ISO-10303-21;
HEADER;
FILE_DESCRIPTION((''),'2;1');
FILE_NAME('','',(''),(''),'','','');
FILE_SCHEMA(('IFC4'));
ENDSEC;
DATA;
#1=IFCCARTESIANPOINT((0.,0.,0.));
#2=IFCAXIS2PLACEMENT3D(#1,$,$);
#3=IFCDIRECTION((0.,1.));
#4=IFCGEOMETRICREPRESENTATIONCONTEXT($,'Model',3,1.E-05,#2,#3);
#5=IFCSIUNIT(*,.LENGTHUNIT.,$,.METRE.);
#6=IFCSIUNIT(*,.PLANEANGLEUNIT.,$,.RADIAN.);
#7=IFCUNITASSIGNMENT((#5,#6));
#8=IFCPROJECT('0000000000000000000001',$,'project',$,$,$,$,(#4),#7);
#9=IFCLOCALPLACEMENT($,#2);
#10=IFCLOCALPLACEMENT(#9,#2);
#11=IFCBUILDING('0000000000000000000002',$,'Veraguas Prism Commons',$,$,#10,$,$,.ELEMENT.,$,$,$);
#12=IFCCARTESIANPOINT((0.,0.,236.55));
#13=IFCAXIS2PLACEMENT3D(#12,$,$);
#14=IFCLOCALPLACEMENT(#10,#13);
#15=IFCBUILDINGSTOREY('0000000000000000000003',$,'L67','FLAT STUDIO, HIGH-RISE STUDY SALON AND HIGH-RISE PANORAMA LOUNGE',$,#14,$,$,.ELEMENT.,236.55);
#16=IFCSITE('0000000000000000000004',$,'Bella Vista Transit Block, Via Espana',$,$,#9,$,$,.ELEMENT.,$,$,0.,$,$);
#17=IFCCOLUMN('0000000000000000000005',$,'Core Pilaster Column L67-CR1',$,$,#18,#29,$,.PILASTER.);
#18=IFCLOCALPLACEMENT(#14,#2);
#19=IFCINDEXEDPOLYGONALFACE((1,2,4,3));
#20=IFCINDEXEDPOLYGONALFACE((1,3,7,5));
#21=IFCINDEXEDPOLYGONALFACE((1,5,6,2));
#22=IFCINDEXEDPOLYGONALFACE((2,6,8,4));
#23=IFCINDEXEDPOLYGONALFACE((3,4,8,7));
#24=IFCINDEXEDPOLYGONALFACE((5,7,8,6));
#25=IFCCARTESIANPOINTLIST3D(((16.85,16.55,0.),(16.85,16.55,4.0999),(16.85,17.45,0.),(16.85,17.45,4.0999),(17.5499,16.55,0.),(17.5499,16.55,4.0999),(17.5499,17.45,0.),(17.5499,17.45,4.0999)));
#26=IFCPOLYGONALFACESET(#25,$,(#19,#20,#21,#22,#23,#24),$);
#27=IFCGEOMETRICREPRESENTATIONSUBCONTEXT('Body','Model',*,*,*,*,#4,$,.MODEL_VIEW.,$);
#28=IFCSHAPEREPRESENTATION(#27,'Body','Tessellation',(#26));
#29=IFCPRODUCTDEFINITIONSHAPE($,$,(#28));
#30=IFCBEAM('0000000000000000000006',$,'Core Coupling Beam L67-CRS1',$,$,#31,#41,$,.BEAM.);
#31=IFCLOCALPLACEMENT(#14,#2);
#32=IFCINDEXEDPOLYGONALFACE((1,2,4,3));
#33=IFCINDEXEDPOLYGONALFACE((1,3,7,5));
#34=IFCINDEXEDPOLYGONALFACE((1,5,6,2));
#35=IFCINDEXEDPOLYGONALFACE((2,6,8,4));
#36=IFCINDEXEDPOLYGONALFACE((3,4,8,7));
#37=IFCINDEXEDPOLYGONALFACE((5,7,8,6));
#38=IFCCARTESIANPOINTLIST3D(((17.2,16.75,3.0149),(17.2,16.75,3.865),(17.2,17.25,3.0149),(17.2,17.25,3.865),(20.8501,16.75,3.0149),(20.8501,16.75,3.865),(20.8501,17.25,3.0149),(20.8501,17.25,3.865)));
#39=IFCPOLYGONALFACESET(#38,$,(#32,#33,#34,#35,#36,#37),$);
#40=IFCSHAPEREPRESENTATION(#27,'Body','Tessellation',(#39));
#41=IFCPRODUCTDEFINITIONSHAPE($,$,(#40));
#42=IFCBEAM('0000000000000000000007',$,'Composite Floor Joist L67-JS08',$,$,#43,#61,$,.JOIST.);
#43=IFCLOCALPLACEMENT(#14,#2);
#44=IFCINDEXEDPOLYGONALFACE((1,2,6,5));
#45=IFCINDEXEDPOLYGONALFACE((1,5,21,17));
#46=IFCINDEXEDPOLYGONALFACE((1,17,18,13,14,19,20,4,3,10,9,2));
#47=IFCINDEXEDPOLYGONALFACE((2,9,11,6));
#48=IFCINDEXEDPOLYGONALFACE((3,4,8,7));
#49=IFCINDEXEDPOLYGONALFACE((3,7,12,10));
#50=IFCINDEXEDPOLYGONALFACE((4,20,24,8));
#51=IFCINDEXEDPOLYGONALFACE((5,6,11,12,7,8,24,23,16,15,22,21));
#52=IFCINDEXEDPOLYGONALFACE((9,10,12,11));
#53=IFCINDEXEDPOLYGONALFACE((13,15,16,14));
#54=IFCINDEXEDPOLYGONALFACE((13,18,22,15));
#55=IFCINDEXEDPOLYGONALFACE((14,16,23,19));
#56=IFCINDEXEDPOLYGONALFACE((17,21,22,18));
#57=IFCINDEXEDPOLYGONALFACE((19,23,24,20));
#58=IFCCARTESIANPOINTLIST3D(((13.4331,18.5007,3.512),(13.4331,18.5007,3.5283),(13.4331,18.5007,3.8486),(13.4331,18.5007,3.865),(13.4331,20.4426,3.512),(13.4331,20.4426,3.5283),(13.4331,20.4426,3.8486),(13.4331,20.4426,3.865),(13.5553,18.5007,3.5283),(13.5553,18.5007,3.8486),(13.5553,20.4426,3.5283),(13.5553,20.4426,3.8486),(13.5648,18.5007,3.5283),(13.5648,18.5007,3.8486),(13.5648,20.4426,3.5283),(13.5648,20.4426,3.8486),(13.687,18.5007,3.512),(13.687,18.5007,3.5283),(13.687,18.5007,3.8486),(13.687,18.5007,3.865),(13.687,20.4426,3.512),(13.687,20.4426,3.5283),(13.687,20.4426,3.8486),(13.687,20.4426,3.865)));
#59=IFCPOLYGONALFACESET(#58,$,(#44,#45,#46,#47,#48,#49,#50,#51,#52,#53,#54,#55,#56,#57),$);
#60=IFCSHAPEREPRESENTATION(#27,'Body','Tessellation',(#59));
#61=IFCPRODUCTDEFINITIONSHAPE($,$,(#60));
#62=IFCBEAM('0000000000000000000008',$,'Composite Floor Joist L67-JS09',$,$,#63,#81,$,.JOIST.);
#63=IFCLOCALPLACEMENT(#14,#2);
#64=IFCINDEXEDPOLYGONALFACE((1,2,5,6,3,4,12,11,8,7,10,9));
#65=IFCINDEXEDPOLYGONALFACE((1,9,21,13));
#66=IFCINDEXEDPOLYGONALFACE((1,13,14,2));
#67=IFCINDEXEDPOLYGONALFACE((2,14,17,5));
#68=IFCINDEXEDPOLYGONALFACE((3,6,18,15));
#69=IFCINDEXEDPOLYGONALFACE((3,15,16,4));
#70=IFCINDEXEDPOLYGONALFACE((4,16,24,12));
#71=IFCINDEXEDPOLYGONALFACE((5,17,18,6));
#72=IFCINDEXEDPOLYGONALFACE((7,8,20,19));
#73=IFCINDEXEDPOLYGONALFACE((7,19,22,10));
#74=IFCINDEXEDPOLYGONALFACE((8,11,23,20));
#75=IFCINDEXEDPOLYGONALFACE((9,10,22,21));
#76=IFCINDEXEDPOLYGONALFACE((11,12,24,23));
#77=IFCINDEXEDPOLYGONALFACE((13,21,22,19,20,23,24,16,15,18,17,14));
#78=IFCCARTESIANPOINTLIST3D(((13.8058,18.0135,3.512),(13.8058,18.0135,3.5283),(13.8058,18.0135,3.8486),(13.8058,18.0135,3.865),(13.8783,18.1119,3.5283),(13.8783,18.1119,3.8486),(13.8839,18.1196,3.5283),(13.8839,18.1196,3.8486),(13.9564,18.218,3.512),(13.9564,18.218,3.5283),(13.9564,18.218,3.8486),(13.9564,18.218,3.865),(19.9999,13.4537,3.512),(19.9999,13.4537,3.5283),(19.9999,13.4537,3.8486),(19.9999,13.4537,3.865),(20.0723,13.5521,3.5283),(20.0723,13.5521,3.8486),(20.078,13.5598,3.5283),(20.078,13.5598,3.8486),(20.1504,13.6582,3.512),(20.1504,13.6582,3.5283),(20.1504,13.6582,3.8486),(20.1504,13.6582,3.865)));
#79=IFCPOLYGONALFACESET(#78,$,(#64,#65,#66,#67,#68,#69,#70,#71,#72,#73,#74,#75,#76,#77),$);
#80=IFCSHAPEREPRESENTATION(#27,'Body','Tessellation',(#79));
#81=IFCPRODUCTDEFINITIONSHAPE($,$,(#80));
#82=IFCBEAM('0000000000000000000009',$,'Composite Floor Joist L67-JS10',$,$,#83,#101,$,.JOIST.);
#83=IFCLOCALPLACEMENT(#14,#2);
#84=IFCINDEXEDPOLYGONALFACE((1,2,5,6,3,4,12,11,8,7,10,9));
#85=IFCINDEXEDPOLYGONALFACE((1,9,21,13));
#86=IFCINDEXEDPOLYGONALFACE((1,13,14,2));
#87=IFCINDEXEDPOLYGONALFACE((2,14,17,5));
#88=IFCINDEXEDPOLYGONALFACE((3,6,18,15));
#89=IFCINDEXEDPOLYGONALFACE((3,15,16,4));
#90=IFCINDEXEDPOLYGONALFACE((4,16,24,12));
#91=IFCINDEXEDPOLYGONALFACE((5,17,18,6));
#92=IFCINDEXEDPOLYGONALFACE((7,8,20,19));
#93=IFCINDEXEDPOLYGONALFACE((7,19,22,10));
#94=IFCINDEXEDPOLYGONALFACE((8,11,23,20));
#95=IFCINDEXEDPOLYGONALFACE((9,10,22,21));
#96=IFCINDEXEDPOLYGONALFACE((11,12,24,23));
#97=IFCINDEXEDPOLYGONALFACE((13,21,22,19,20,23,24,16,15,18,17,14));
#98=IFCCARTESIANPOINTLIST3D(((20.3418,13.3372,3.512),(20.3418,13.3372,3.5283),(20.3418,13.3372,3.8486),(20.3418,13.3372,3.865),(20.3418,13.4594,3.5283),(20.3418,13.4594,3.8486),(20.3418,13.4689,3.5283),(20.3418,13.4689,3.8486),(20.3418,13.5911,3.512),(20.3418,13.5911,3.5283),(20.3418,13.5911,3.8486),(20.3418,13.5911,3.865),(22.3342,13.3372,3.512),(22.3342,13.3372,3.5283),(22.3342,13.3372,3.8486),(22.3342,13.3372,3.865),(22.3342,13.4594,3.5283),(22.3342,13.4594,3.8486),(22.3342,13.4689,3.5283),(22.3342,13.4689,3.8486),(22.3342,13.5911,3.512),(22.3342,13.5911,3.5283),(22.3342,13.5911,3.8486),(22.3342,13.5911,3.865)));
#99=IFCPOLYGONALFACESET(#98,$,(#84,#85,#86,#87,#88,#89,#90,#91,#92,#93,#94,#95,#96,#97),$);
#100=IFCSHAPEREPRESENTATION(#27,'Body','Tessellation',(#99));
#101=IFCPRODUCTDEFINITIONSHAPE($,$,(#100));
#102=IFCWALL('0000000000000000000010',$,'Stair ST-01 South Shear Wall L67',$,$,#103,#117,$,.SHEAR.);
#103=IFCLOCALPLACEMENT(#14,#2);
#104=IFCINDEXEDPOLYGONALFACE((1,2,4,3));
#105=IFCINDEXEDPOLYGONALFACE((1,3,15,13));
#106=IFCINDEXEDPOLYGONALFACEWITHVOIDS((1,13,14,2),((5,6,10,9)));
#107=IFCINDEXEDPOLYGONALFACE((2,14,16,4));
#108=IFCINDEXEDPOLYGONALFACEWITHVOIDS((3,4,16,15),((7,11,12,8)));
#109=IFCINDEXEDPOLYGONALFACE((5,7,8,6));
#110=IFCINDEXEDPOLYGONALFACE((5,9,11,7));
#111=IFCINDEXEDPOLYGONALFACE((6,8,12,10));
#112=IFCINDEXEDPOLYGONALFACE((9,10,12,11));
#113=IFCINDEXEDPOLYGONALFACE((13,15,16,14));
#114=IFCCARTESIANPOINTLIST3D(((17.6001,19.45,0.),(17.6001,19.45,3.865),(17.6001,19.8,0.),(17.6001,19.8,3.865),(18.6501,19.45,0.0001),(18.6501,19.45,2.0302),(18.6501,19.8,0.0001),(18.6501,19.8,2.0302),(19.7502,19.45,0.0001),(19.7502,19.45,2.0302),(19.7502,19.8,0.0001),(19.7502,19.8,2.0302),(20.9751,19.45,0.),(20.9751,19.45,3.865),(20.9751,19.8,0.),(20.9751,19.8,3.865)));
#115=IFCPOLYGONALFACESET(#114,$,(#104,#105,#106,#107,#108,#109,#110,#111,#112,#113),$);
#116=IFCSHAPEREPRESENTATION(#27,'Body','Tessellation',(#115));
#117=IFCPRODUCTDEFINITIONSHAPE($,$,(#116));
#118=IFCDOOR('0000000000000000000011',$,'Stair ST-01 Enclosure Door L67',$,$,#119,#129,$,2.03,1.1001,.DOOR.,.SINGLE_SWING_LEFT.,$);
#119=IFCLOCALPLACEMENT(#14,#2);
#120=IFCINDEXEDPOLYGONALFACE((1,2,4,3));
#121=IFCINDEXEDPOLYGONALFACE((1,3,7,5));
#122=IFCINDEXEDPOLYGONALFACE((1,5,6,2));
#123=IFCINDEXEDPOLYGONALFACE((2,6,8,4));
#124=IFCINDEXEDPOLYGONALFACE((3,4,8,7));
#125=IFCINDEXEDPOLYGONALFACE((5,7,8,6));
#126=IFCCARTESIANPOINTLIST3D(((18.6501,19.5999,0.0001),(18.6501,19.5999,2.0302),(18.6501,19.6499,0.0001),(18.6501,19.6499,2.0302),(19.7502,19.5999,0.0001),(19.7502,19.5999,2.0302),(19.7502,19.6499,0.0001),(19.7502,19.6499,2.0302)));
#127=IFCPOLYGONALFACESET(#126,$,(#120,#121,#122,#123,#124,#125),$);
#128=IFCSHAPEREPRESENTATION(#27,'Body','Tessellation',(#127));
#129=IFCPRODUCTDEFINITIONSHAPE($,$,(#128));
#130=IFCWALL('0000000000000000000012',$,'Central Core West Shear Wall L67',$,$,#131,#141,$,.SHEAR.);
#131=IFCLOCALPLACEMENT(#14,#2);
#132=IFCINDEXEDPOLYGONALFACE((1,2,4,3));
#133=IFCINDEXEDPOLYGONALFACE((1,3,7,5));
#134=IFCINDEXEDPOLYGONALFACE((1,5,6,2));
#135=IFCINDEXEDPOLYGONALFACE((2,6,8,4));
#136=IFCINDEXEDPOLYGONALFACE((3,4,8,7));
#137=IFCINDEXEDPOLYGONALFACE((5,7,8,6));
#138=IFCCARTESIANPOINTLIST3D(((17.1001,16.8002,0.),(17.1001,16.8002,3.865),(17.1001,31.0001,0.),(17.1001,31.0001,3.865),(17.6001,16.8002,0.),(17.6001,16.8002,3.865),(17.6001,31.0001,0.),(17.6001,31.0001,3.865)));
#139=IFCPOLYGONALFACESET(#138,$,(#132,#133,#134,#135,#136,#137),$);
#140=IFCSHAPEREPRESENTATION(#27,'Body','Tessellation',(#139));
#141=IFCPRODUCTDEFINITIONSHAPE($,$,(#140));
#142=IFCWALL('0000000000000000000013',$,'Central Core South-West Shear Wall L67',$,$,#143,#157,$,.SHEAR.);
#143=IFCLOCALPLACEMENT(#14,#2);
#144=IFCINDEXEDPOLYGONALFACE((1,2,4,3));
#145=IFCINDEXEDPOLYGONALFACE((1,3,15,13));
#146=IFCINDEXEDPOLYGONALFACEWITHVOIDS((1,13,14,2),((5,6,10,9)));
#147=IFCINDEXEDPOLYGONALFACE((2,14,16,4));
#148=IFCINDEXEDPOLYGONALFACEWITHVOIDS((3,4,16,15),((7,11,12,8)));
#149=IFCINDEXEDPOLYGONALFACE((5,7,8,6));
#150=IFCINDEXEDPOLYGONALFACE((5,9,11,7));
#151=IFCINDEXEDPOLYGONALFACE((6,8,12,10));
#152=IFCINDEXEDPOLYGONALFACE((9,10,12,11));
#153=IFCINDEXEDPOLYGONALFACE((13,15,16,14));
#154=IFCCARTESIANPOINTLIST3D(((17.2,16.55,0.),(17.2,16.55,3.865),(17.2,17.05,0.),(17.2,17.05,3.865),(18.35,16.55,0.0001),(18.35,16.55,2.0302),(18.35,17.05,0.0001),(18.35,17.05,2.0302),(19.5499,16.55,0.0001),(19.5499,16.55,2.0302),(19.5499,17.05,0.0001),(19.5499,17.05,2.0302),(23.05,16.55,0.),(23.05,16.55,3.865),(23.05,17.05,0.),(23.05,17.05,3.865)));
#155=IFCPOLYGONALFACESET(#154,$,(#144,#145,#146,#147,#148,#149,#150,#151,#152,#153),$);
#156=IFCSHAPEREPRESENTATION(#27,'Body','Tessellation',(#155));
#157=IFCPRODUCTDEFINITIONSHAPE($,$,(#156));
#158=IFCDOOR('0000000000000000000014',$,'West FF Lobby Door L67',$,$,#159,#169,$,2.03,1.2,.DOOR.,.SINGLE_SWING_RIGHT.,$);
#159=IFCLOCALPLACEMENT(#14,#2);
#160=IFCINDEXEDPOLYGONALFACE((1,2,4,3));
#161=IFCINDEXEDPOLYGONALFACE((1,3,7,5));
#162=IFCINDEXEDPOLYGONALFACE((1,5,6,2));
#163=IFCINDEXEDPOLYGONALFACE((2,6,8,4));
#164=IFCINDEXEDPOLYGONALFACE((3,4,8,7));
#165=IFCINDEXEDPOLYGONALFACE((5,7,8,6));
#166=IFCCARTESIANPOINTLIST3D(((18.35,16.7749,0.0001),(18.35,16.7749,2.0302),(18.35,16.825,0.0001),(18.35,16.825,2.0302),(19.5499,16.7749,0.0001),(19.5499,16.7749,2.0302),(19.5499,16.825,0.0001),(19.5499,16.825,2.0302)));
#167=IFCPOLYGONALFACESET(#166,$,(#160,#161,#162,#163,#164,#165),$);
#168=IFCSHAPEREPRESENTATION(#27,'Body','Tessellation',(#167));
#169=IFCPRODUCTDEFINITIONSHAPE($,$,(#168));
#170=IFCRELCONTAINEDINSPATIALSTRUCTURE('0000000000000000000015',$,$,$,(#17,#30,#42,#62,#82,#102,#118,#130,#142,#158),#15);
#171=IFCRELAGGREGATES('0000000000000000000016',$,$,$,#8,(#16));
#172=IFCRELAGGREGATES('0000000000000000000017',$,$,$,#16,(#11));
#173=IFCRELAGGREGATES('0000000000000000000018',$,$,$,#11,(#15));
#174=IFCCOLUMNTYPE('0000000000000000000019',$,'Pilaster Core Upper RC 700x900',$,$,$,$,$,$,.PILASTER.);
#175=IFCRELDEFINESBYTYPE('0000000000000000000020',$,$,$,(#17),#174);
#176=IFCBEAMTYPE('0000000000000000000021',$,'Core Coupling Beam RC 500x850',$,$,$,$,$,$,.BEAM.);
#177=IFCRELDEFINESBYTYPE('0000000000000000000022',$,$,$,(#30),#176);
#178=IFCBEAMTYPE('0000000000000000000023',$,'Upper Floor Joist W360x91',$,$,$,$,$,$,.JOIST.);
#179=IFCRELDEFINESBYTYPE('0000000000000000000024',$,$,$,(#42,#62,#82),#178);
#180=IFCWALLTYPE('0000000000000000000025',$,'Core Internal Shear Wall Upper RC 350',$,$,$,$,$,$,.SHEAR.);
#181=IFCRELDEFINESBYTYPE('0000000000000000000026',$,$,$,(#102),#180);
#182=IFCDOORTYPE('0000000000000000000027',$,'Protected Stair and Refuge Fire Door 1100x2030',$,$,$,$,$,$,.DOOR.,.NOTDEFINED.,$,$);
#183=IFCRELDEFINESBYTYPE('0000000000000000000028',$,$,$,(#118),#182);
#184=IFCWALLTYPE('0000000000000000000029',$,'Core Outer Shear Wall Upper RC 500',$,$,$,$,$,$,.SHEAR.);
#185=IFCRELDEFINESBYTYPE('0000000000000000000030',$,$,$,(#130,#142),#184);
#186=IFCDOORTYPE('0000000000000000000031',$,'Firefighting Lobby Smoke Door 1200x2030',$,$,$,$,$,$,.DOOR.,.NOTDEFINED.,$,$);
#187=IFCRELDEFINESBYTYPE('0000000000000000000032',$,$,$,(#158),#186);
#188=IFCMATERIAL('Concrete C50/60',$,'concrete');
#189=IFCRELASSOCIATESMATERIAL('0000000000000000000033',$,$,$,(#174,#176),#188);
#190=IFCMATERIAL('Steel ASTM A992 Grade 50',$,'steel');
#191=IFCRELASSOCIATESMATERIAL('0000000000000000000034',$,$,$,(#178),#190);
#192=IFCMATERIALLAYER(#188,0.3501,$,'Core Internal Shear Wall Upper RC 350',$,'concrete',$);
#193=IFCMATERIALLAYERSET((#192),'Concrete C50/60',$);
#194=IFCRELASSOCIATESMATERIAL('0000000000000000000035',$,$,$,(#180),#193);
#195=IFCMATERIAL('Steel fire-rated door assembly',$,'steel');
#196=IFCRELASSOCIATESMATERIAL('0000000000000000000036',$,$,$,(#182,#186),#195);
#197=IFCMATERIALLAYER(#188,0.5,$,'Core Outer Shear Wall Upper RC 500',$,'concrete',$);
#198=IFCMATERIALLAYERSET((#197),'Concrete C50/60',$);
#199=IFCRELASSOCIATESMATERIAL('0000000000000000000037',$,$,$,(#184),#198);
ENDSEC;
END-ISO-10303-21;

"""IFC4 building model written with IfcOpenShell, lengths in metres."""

from ifc_helpers import new_model, si_unit, direction, frame, frame_2d, origin, origin_2d, place, context, subcontext, project, spatial, rectangle, i_section, extrude, source, transform, mapped, material, layer, layer_set, material_profile, profile_set, type_object, element, fill, save


model = new_model("IFC4")

# Units and contexts
model_context = context("Model", 3, precision=1e-05, world=origin(), true_north=direction((0.0, 1.0)))
body_context = subcontext(model_context, "Body", "Model", "MODEL_VIEW")
ifc_project = project(units=[si_unit("LENGTHUNIT", "METRE"), si_unit("PLANEANGLEUNIT", "RADIAN")], contexts=[model_context])

# Site, building, storey
site_placement = place(None, origin())
site = spatial("IfcSite", under=ifc_project, at=site_placement, Name="Bella Vista Transit Block, Via Espana", CompositionType="ELEMENT", RefElevation=0.0)
building_placement = place(site_placement, origin())
building = spatial("IfcBuilding", under=site, at=building_placement, Name="Veraguas Prism Commons", CompositionType="ELEMENT")
storey_placement = place(building_placement, frame((0.0, 0.0, 236.55)))
storey = spatial("IfcBuildingStorey", under=building, at=storey_placement, Name="L67", Description="FLAT STUDIO, HIGH-RISE STUDY SALON AND HIGH-RISE PANORAMA LOUNGE", CompositionType="ELEMENT", Elevation=236.55)

# Column
ifc_material_1 = material(Name="Concrete C50/60", Category="concrete")
ifc_material_profile_1 = material_profile(ifc_material_1, rectangle(XDim=0.7, YDim=0.8999, at=origin_2d()), Name="RC700X900")
ifc_profile_set_1 = profile_set([ifc_material_profile_1], Name="Concrete C50/60")
column_type = type_object("IfcColumnType", Name="Pilaster Core Upper RC 700x900", PredefinedType="PILASTER", material=ifc_profile_set_1)
column_placement = place(storey_placement, frame((17.2, 17.0, 0.0), z_axis=(0.0, 0.0, 1.0), x_axis=(1.0, 0.0, 0.0)))
element("IfcColumn", 1, at=column_placement, inside=storey, type_object=column_type, Name="Core Pilaster Column L67-CR1", PredefinedType="PILASTER", context=body_context, shape_type="SweptSolid", body=[
    extrude(rectangle(XDim=0.7, YDim=0.8999, at=origin_2d()), origin(), (0.0, 0.0, 1.0), 4.0999),
])

# Beams
ifc_material_profile_2 = material_profile(ifc_material_1, rectangle(XDim=0.5, YDim=0.8501, at=origin_2d()), Name="RC500X850")
ifc_profile_set_2 = profile_set([ifc_material_profile_2], Name="Concrete C50/60")
beam_type_1 = type_object("IfcBeamType", Name="Core Coupling Beam RC 500x850", PredefinedType="BEAM", material=ifc_profile_set_2)
beam_1_placement = place(storey_placement, frame((17.2, 17.0, 3.4399), z_axis=(1.0, 0.0, 0.0), x_axis=(0.0, 1.0, 0.0)))
element("IfcBeam", 2, at=beam_1_placement, inside=storey, type_object=beam_type_1, Name="Core Coupling Beam L67-CRS1", PredefinedType="BEAM", context=body_context, shape_type="SweptSolid", body=[
    extrude(rectangle(XDim=0.5, YDim=0.8501, at=origin_2d()), origin(), (0.0, 0.0, 1.0), 3.6501),
])
ifc_material_2 = material(Name="Steel ASTM A992 Grade 50", Category="steel")
ifc_material_profile_3 = material_profile(ifc_material_2, i_section(OverallWidth=0.2539, OverallDepth=0.353, WebThickness=0.0095, FlangeThickness=0.0164, at=origin_2d()), Name="W360X91")
ifc_profile_set_3 = profile_set([ifc_material_profile_3], Name="Steel ASTM A992 Grade 50")
beam_type_2 = type_object("IfcBeamType", Name="Upper Floor Joist W360x91", PredefinedType="JOIST", material=ifc_profile_set_3)
beam_2_placement = place(storey_placement, frame((13.5601, 20.4426, 3.6885), z_axis=(0.0, -1.0, 0.0), x_axis=(1.0, 0.0, 0.0)))
element("IfcBeam", 3, at=beam_2_placement, inside=storey, type_object=beam_type_2, Name="Composite Floor Joist L67-JS08", PredefinedType="JOIST", context=body_context, shape_type="SweptSolid", body=[
    extrude(i_section(OverallWidth=0.2539, OverallDepth=0.353, WebThickness=0.0095, FlangeThickness=0.0164, at=origin_2d()), origin(), (0.0, 0.0, 1.0), 1.9419),
])
beam_3_placement = place(storey_placement, frame((13.8811, 18.1157, 3.6885), z_axis=(0.80532, -0.592841, 0.0), x_axis=(0.592841, 0.80532, 0.0)))
element("IfcBeam", 4, at=beam_3_placement, inside=storey, type_object=beam_type_2, Name="Composite Floor Joist L67-JS09", PredefinedType="JOIST", context=body_context, shape_type="SweptSolid", body=[
    extrude(i_section(OverallWidth=0.2539, OverallDepth=0.353, WebThickness=0.0095, FlangeThickness=0.0164, at=origin_2d()), origin(), (0.0, 0.0, 1.0), 7.6914),
])
beam_4_placement = place(storey_placement, frame((20.3418, 13.4641, 3.6885), z_axis=(1.0, 0.0, 0.0), x_axis=(0.0, 1.0, 0.0)))
element("IfcBeam", 5, at=beam_4_placement, inside=storey, type_object=beam_type_2, Name="Composite Floor Joist L67-JS10", PredefinedType="JOIST", context=body_context, shape_type="SweptSolid", body=[
    extrude(i_section(OverallWidth=0.2539, OverallDepth=0.353, WebThickness=0.0095, FlangeThickness=0.0164, at=origin_2d()), origin(), (0.0, 0.0, 1.0), 1.9924),
])

# Wall, opening, door
ifc_layer_1 = layer(ifc_material_1, 0.3501, Name="Core Internal Shear Wall Upper RC 350", Category="concrete")
ifc_layer_set_1 = layer_set([ifc_layer_1], Name="Concrete C50/60")
wall_type_1 = type_object("IfcWallType", Name="Core Internal Shear Wall Upper RC 350", PredefinedType="SHEAR", material=ifc_layer_set_1)
wall_1_placement = place(storey_placement, frame((17.6001, 19.625, 0.0), z_axis=(0.0, 0.0, 1.0), x_axis=(1.0, 0.0, 0.0)))
wall_1 = element("IfcWall", 6, at=wall_1_placement, inside=storey, type_object=wall_type_1, Name="Stair ST-01 South Shear Wall L67", PredefinedType="SHEAR", context=body_context, shape_type="SweptSolid", body=[
    extrude(rectangle(XDim=3.375, YDim=0.3501, at=frame_2d((1.6875, 0.0))), origin(), (0.0, 0.0, 1.0), 3.865),
])
opening_1_placement = place(wall_1_placement, frame((1.05, 0.0, 0.0)))
opening_1 = element("IfcOpeningElement", 7, at=opening_1_placement, cuts=wall_1, PredefinedType="OPENING", context=body_context, shape_type="SweptSolid", body=[
    extrude(rectangle(XDim=1.1001, YDim=2.03, at=frame_2d((0.55, 1.0151))), frame((0.0, 0.1851, 0.0), z_axis=(0.0, -1.0, 0.0), x_axis=(1.0, 0.0, 0.0)), (0.0, 0.0, 1.0), 0.3701),
])
ifc_material_3 = material(Name="Steel fire-rated door assembly", Category="steel")
door_type_1 = type_object("IfcDoorType", Name="Protected Stair and Refuge Fire Door 1100x2030", OperationType="NOTDEFINED", PredefinedType="DOOR", material=ifc_material_3)
shared_shape_1 = source(origin(), body_context, "Body", "SweptSolid", [
    extrude(rectangle(XDim=1.1001, YDim=2.03, at=frame_2d((0.55, 1.0151))), frame((0.0, 0.0249, 0.0), z_axis=(0.0, -1.0, 0.0), x_axis=(1.0, 0.0, 0.0)), (0.0, 0.0, 1.0), 0.05),
])
door_1_placement = place(opening_1_placement, origin())
door_1 = element("IfcDoor", 8, at=door_1_placement, inside=storey, type_object=door_type_1, Name="Stair ST-01 Enclosure Door L67", OperationType="SINGLE_SWING_LEFT", OverallHeight=2.03, OverallWidth=1.1001, PredefinedType="DOOR", context=body_context, shape_type="MappedRepresentation", body=[
    mapped(shared_shape_1, transform((0.0, 0.0, 0.0), scale=1.0)),
])
fill(opening_1, door_1)

# Wall
ifc_layer_2 = layer(ifc_material_1, 0.5, Name="Core Outer Shear Wall Upper RC 500", Category="concrete")
ifc_layer_set_2 = layer_set([ifc_layer_2], Name="Concrete C50/60")
wall_type_2 = type_object("IfcWallType", Name="Core Outer Shear Wall Upper RC 500", PredefinedType="SHEAR", material=ifc_layer_set_2)
wall_2_placement = place(storey_placement, frame((17.3501, 16.8, 0.0), z_axis=(0.0, 0.0, 1.0), x_axis=(0.0, 1.0, 0.0)))
element("IfcWall", 9, at=wall_2_placement, inside=storey, type_object=wall_type_2, Name="Central Core West Shear Wall L67", PredefinedType="SHEAR", context=body_context, shape_type="SweptSolid", body=[
    extrude(rectangle(XDim=14.2, YDim=0.5, at=frame_2d((7.1001, 0.0))), origin(), (0.0, 0.0, 1.0), 3.865),
])

# Wall, opening, door
wall_3_placement = place(storey_placement, frame((17.2, 16.8, 0.0), z_axis=(0.0, 0.0, 1.0), x_axis=(1.0, 0.0, 0.0)))
wall_3 = element("IfcWall", 10, at=wall_3_placement, inside=storey, type_object=wall_type_2, Name="Central Core South-West Shear Wall L67", PredefinedType="SHEAR", context=body_context, shape_type="SweptSolid", body=[
    extrude(rectangle(XDim=5.8501, YDim=0.5, at=frame_2d((2.925, 0.0))), origin(), (0.0, 0.0, 1.0), 3.865),
])
opening_2_placement = place(wall_3_placement, frame((1.1499, 0.0, 0.0)))
opening_2 = element("IfcOpeningElement", 11, at=opening_2_placement, cuts=wall_3, PredefinedType="OPENING", context=body_context, shape_type="SweptSolid", body=[
    extrude(rectangle(XDim=1.2, YDim=2.03, at=frame_2d((0.6001, 1.0151))), frame((0.0, 0.26, 0.0), z_axis=(0.0, -1.0, 0.0), x_axis=(1.0, 0.0, 0.0)), (0.0, 0.0, 1.0), 0.52),
])
door_type_2 = type_object("IfcDoorType", Name="Firefighting Lobby Smoke Door 1200x2030", OperationType="NOTDEFINED", PredefinedType="DOOR", material=ifc_material_3)
shared_shape_2 = source(origin(), body_context, "Body", "SweptSolid", [
    extrude(rectangle(XDim=1.2, YDim=2.03, at=frame_2d((0.6001, 1.0151))), frame((0.0, 0.0249, 0.0), z_axis=(0.0, -1.0, 0.0), x_axis=(1.0, 0.0, 0.0)), (0.0, 0.0, 1.0), 0.05),
])
door_2_placement = place(opening_2_placement, origin())
door_2 = element("IfcDoor", 12, at=door_2_placement, inside=storey, type_object=door_type_2, Name="West FF Lobby Door L67", OperationType="SINGLE_SWING_RIGHT", OverallHeight=2.03, OverallWidth=1.2, PredefinedType="DOOR", context=body_context, shape_type="MappedRepresentation", body=[
    mapped(shared_shape_2, transform((0.0, 0.0, 0.0), scale=1.0)),
])
fill(opening_2, door_2)

save(model, "model.ifc")
